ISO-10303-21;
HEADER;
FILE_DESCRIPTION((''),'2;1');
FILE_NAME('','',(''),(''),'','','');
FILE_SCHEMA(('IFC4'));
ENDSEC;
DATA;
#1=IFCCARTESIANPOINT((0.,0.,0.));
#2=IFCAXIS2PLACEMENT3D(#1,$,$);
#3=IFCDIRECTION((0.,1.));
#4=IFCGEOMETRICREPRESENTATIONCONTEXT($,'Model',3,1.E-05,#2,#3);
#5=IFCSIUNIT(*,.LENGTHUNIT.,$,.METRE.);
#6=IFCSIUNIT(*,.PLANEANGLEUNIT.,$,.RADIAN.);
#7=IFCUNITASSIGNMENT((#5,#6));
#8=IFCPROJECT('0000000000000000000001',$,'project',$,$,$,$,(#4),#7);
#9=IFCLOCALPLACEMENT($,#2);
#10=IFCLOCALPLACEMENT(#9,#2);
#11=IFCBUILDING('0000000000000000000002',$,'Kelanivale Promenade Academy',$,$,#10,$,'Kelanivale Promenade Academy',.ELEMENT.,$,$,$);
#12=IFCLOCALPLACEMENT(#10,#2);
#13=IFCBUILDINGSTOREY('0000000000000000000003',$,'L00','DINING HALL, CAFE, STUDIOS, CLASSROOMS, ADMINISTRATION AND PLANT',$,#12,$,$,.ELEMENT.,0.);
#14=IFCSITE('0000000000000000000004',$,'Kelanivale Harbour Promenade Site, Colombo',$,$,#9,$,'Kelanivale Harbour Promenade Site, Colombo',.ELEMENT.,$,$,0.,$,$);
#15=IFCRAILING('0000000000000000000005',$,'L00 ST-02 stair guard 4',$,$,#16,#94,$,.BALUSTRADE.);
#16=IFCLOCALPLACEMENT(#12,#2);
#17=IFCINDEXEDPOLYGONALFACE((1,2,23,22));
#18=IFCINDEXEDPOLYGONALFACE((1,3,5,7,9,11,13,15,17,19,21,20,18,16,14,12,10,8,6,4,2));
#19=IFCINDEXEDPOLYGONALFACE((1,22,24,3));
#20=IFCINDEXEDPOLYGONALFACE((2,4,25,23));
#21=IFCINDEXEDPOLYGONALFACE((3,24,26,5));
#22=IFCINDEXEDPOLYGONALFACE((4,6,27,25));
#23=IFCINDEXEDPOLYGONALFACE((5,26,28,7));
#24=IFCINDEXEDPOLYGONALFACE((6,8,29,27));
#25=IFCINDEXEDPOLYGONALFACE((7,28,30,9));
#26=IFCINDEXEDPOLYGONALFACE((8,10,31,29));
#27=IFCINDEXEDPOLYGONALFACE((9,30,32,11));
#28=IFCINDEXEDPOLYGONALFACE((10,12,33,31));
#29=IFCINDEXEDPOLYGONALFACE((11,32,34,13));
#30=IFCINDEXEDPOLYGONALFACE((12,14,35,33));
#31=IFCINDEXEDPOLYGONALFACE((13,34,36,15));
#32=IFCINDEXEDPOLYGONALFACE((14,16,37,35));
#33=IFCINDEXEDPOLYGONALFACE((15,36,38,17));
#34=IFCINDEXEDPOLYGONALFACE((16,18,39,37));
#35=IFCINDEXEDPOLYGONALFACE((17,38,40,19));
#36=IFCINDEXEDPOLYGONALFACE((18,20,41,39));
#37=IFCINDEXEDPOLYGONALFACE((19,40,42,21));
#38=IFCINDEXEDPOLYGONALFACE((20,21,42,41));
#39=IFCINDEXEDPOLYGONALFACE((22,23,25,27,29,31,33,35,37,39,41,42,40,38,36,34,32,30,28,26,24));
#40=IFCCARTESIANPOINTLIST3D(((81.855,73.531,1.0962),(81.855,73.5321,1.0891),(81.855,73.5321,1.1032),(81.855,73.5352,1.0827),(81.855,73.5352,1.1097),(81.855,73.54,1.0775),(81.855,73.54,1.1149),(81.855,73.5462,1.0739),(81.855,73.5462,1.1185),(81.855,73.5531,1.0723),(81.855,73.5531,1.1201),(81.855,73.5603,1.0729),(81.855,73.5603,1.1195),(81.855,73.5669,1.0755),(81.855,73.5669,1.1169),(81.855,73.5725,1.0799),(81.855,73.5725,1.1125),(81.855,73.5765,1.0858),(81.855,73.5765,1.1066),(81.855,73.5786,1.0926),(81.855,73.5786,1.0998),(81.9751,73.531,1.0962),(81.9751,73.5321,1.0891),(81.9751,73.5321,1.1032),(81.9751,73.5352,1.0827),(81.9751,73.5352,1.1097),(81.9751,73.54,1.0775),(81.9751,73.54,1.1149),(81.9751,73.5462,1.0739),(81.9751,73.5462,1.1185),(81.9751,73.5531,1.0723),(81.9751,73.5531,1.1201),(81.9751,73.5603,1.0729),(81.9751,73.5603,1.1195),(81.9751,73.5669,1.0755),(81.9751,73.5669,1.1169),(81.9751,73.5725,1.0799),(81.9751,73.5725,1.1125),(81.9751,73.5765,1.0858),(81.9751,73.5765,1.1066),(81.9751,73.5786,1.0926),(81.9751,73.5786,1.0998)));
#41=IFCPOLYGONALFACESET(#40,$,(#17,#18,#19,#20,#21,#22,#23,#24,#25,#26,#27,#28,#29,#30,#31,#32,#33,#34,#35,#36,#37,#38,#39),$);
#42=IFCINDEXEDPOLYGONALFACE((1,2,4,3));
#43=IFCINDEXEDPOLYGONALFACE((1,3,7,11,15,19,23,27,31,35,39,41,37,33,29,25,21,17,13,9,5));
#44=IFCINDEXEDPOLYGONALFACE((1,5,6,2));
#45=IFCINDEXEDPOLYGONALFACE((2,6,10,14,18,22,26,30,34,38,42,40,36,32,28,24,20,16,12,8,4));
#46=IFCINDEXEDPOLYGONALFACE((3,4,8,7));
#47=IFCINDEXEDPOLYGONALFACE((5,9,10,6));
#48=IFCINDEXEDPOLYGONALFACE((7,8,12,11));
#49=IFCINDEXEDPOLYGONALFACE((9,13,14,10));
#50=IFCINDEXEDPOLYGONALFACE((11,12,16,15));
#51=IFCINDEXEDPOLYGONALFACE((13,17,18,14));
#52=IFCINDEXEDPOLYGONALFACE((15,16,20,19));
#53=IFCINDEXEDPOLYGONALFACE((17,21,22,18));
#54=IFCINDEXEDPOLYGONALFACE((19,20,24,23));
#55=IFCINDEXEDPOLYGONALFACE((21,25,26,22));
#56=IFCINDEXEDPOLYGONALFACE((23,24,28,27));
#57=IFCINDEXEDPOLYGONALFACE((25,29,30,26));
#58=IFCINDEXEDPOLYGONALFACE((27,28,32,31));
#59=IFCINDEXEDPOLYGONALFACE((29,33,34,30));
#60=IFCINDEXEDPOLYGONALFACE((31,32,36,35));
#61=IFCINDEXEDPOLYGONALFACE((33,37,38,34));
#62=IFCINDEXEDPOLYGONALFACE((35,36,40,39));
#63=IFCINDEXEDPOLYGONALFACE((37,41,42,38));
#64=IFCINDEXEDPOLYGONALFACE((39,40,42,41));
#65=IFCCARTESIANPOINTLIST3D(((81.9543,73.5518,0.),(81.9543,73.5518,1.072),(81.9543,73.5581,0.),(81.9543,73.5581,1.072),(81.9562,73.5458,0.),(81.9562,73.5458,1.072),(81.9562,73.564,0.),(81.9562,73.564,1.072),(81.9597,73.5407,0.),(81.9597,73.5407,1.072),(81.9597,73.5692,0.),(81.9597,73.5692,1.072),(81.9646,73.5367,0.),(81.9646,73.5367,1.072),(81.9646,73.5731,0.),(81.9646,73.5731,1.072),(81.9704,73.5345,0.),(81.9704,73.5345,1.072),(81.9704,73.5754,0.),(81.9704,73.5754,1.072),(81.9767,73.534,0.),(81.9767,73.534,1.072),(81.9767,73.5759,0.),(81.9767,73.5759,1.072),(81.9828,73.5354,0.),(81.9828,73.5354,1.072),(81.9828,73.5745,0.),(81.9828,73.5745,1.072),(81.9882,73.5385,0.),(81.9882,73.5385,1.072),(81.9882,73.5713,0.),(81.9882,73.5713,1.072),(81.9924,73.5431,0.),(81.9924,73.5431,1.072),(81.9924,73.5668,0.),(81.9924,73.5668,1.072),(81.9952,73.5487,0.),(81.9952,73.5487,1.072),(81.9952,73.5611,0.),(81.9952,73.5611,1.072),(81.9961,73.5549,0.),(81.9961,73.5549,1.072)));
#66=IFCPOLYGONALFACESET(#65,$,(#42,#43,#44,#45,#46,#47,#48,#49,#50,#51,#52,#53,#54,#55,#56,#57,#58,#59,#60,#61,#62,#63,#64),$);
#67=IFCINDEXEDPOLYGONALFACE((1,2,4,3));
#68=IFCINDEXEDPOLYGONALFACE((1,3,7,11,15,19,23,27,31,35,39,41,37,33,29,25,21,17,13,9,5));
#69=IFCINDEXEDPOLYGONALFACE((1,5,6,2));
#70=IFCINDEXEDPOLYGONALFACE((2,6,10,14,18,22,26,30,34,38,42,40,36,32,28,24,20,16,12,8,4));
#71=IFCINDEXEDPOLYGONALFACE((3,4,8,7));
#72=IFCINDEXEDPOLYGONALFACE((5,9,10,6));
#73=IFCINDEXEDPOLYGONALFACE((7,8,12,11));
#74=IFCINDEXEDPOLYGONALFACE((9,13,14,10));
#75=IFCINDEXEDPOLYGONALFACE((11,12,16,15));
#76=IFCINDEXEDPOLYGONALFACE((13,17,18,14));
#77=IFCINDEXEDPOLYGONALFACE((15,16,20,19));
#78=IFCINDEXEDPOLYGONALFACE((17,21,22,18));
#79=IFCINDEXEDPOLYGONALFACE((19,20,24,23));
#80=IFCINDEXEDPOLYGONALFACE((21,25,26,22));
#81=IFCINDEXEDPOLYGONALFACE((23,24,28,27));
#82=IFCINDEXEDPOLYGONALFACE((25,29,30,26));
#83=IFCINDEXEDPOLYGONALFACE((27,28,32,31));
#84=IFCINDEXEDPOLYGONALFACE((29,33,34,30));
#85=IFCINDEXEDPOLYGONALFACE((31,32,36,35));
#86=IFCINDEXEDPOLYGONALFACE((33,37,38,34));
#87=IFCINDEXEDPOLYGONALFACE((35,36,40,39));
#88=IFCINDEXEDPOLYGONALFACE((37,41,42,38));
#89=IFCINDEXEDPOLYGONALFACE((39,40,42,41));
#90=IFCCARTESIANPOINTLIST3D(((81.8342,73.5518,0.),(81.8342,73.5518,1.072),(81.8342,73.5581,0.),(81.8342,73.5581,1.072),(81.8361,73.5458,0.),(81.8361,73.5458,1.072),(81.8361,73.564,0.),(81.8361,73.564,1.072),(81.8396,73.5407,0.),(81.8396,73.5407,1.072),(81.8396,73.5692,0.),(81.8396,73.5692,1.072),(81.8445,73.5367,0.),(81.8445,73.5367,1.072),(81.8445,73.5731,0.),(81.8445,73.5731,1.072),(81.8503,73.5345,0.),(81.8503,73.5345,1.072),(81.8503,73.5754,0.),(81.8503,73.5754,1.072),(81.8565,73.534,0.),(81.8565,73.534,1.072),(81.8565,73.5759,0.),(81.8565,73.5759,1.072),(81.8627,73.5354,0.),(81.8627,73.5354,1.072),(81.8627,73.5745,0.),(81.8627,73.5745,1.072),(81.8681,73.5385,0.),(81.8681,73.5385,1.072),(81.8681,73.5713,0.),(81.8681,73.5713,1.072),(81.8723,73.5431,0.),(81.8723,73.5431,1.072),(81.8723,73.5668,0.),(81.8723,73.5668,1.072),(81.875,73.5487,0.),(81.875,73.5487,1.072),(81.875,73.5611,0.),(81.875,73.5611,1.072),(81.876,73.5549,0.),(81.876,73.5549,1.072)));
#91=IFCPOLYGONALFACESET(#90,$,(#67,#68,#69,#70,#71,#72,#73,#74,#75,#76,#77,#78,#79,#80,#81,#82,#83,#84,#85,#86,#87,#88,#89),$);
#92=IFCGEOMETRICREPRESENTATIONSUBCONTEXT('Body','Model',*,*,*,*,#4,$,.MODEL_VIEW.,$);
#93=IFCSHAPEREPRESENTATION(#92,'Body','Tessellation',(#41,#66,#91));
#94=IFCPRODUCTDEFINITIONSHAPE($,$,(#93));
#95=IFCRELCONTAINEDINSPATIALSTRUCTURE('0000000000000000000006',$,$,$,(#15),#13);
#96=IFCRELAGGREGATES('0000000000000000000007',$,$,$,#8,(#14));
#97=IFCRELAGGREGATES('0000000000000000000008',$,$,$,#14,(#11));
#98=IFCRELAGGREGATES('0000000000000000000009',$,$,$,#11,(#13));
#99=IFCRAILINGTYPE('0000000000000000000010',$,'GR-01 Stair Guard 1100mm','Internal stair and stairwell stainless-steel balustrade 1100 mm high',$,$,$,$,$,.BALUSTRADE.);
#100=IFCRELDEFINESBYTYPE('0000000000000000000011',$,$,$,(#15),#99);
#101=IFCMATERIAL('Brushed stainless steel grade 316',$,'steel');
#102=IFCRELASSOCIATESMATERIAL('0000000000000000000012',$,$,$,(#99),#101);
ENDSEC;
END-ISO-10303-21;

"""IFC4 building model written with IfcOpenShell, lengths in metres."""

from ifc_helpers import new_model, si_unit, direction, frame, origin, origin_2d, place, context, subcontext, project, spatial, circle, extrude, material, type_object, element, save


model = new_model("IFC4")

# Units and contexts
model_context = context("Model", 3, precision=1e-05, world=origin(), true_north=direction((0.0, 1.0)))
body_context = subcontext(model_context, "Body", "Model", "MODEL_VIEW")
ifc_project = project(units=[si_unit("LENGTHUNIT", "METRE"), si_unit("PLANEANGLEUNIT", "RADIAN")], contexts=[model_context])

# Site, building, storey
site_placement = place(None, origin())
site = spatial("IfcSite", under=ifc_project, at=site_placement, Name="Kelanivale Harbour Promenade Site, Colombo", LongName="Kelanivale Harbour Promenade Site, Colombo", CompositionType="ELEMENT", RefElevation=0.0)
building_placement = place(site_placement, origin())
building = spatial("IfcBuilding", under=site, at=building_placement, Name="Kelanivale Promenade Academy", LongName="Kelanivale Promenade Academy", CompositionType="ELEMENT")
storey_placement = place(building_placement, origin())
storey = spatial("IfcBuildingStorey", under=building, at=storey_placement, Name="L00", Description="DINING HALL, CAFE, STUDIOS, CLASSROOMS, ADMINISTRATION AND PLANT", CompositionType="ELEMENT", Elevation=0.0)

# Railing
ifc_material_1 = material(Name="Brushed stainless steel grade 316", Category="steel")
railing_type_1 = type_object("IfcRailingType", Name="GR-01 Stair Guard 1100mm", Description="Internal stair and stairwell stainless-steel balustrade 1100 mm high", PredefinedType="BALUSTRADE", material=ifc_material_1)
railing_1_placement = place(storey_placement, frame((81.9751, 73.5549, 0.0)))
element("IfcRailing", 1, at=railing_1_placement, inside=storey, type_object=railing_type_1, Name="L00 ST-02 stair guard 4", PredefinedType="BALUSTRADE", context=body_context, shape_type="SweptSolid", body=[
    extrude(circle(Radius=0.0239, at=origin_2d()), frame((0.0, 0.0, 1.0962), z_axis=(-1.0, 0.0, 0.0), x_axis=(0.0, -1.0, 0.0)), (0.0, 0.0, 1.0), 0.1201),
    extrude(circle(Radius=0.021, at=origin_2d()), origin(), (0.0, 0.0, 1.0), 1.072),
    extrude(circle(Radius=0.021, at=origin_2d()), frame((-0.1201, 0.0, 0.0)), (0.0, 0.0, 1.0), 1.072),
])

save(model, "model.ifc")
